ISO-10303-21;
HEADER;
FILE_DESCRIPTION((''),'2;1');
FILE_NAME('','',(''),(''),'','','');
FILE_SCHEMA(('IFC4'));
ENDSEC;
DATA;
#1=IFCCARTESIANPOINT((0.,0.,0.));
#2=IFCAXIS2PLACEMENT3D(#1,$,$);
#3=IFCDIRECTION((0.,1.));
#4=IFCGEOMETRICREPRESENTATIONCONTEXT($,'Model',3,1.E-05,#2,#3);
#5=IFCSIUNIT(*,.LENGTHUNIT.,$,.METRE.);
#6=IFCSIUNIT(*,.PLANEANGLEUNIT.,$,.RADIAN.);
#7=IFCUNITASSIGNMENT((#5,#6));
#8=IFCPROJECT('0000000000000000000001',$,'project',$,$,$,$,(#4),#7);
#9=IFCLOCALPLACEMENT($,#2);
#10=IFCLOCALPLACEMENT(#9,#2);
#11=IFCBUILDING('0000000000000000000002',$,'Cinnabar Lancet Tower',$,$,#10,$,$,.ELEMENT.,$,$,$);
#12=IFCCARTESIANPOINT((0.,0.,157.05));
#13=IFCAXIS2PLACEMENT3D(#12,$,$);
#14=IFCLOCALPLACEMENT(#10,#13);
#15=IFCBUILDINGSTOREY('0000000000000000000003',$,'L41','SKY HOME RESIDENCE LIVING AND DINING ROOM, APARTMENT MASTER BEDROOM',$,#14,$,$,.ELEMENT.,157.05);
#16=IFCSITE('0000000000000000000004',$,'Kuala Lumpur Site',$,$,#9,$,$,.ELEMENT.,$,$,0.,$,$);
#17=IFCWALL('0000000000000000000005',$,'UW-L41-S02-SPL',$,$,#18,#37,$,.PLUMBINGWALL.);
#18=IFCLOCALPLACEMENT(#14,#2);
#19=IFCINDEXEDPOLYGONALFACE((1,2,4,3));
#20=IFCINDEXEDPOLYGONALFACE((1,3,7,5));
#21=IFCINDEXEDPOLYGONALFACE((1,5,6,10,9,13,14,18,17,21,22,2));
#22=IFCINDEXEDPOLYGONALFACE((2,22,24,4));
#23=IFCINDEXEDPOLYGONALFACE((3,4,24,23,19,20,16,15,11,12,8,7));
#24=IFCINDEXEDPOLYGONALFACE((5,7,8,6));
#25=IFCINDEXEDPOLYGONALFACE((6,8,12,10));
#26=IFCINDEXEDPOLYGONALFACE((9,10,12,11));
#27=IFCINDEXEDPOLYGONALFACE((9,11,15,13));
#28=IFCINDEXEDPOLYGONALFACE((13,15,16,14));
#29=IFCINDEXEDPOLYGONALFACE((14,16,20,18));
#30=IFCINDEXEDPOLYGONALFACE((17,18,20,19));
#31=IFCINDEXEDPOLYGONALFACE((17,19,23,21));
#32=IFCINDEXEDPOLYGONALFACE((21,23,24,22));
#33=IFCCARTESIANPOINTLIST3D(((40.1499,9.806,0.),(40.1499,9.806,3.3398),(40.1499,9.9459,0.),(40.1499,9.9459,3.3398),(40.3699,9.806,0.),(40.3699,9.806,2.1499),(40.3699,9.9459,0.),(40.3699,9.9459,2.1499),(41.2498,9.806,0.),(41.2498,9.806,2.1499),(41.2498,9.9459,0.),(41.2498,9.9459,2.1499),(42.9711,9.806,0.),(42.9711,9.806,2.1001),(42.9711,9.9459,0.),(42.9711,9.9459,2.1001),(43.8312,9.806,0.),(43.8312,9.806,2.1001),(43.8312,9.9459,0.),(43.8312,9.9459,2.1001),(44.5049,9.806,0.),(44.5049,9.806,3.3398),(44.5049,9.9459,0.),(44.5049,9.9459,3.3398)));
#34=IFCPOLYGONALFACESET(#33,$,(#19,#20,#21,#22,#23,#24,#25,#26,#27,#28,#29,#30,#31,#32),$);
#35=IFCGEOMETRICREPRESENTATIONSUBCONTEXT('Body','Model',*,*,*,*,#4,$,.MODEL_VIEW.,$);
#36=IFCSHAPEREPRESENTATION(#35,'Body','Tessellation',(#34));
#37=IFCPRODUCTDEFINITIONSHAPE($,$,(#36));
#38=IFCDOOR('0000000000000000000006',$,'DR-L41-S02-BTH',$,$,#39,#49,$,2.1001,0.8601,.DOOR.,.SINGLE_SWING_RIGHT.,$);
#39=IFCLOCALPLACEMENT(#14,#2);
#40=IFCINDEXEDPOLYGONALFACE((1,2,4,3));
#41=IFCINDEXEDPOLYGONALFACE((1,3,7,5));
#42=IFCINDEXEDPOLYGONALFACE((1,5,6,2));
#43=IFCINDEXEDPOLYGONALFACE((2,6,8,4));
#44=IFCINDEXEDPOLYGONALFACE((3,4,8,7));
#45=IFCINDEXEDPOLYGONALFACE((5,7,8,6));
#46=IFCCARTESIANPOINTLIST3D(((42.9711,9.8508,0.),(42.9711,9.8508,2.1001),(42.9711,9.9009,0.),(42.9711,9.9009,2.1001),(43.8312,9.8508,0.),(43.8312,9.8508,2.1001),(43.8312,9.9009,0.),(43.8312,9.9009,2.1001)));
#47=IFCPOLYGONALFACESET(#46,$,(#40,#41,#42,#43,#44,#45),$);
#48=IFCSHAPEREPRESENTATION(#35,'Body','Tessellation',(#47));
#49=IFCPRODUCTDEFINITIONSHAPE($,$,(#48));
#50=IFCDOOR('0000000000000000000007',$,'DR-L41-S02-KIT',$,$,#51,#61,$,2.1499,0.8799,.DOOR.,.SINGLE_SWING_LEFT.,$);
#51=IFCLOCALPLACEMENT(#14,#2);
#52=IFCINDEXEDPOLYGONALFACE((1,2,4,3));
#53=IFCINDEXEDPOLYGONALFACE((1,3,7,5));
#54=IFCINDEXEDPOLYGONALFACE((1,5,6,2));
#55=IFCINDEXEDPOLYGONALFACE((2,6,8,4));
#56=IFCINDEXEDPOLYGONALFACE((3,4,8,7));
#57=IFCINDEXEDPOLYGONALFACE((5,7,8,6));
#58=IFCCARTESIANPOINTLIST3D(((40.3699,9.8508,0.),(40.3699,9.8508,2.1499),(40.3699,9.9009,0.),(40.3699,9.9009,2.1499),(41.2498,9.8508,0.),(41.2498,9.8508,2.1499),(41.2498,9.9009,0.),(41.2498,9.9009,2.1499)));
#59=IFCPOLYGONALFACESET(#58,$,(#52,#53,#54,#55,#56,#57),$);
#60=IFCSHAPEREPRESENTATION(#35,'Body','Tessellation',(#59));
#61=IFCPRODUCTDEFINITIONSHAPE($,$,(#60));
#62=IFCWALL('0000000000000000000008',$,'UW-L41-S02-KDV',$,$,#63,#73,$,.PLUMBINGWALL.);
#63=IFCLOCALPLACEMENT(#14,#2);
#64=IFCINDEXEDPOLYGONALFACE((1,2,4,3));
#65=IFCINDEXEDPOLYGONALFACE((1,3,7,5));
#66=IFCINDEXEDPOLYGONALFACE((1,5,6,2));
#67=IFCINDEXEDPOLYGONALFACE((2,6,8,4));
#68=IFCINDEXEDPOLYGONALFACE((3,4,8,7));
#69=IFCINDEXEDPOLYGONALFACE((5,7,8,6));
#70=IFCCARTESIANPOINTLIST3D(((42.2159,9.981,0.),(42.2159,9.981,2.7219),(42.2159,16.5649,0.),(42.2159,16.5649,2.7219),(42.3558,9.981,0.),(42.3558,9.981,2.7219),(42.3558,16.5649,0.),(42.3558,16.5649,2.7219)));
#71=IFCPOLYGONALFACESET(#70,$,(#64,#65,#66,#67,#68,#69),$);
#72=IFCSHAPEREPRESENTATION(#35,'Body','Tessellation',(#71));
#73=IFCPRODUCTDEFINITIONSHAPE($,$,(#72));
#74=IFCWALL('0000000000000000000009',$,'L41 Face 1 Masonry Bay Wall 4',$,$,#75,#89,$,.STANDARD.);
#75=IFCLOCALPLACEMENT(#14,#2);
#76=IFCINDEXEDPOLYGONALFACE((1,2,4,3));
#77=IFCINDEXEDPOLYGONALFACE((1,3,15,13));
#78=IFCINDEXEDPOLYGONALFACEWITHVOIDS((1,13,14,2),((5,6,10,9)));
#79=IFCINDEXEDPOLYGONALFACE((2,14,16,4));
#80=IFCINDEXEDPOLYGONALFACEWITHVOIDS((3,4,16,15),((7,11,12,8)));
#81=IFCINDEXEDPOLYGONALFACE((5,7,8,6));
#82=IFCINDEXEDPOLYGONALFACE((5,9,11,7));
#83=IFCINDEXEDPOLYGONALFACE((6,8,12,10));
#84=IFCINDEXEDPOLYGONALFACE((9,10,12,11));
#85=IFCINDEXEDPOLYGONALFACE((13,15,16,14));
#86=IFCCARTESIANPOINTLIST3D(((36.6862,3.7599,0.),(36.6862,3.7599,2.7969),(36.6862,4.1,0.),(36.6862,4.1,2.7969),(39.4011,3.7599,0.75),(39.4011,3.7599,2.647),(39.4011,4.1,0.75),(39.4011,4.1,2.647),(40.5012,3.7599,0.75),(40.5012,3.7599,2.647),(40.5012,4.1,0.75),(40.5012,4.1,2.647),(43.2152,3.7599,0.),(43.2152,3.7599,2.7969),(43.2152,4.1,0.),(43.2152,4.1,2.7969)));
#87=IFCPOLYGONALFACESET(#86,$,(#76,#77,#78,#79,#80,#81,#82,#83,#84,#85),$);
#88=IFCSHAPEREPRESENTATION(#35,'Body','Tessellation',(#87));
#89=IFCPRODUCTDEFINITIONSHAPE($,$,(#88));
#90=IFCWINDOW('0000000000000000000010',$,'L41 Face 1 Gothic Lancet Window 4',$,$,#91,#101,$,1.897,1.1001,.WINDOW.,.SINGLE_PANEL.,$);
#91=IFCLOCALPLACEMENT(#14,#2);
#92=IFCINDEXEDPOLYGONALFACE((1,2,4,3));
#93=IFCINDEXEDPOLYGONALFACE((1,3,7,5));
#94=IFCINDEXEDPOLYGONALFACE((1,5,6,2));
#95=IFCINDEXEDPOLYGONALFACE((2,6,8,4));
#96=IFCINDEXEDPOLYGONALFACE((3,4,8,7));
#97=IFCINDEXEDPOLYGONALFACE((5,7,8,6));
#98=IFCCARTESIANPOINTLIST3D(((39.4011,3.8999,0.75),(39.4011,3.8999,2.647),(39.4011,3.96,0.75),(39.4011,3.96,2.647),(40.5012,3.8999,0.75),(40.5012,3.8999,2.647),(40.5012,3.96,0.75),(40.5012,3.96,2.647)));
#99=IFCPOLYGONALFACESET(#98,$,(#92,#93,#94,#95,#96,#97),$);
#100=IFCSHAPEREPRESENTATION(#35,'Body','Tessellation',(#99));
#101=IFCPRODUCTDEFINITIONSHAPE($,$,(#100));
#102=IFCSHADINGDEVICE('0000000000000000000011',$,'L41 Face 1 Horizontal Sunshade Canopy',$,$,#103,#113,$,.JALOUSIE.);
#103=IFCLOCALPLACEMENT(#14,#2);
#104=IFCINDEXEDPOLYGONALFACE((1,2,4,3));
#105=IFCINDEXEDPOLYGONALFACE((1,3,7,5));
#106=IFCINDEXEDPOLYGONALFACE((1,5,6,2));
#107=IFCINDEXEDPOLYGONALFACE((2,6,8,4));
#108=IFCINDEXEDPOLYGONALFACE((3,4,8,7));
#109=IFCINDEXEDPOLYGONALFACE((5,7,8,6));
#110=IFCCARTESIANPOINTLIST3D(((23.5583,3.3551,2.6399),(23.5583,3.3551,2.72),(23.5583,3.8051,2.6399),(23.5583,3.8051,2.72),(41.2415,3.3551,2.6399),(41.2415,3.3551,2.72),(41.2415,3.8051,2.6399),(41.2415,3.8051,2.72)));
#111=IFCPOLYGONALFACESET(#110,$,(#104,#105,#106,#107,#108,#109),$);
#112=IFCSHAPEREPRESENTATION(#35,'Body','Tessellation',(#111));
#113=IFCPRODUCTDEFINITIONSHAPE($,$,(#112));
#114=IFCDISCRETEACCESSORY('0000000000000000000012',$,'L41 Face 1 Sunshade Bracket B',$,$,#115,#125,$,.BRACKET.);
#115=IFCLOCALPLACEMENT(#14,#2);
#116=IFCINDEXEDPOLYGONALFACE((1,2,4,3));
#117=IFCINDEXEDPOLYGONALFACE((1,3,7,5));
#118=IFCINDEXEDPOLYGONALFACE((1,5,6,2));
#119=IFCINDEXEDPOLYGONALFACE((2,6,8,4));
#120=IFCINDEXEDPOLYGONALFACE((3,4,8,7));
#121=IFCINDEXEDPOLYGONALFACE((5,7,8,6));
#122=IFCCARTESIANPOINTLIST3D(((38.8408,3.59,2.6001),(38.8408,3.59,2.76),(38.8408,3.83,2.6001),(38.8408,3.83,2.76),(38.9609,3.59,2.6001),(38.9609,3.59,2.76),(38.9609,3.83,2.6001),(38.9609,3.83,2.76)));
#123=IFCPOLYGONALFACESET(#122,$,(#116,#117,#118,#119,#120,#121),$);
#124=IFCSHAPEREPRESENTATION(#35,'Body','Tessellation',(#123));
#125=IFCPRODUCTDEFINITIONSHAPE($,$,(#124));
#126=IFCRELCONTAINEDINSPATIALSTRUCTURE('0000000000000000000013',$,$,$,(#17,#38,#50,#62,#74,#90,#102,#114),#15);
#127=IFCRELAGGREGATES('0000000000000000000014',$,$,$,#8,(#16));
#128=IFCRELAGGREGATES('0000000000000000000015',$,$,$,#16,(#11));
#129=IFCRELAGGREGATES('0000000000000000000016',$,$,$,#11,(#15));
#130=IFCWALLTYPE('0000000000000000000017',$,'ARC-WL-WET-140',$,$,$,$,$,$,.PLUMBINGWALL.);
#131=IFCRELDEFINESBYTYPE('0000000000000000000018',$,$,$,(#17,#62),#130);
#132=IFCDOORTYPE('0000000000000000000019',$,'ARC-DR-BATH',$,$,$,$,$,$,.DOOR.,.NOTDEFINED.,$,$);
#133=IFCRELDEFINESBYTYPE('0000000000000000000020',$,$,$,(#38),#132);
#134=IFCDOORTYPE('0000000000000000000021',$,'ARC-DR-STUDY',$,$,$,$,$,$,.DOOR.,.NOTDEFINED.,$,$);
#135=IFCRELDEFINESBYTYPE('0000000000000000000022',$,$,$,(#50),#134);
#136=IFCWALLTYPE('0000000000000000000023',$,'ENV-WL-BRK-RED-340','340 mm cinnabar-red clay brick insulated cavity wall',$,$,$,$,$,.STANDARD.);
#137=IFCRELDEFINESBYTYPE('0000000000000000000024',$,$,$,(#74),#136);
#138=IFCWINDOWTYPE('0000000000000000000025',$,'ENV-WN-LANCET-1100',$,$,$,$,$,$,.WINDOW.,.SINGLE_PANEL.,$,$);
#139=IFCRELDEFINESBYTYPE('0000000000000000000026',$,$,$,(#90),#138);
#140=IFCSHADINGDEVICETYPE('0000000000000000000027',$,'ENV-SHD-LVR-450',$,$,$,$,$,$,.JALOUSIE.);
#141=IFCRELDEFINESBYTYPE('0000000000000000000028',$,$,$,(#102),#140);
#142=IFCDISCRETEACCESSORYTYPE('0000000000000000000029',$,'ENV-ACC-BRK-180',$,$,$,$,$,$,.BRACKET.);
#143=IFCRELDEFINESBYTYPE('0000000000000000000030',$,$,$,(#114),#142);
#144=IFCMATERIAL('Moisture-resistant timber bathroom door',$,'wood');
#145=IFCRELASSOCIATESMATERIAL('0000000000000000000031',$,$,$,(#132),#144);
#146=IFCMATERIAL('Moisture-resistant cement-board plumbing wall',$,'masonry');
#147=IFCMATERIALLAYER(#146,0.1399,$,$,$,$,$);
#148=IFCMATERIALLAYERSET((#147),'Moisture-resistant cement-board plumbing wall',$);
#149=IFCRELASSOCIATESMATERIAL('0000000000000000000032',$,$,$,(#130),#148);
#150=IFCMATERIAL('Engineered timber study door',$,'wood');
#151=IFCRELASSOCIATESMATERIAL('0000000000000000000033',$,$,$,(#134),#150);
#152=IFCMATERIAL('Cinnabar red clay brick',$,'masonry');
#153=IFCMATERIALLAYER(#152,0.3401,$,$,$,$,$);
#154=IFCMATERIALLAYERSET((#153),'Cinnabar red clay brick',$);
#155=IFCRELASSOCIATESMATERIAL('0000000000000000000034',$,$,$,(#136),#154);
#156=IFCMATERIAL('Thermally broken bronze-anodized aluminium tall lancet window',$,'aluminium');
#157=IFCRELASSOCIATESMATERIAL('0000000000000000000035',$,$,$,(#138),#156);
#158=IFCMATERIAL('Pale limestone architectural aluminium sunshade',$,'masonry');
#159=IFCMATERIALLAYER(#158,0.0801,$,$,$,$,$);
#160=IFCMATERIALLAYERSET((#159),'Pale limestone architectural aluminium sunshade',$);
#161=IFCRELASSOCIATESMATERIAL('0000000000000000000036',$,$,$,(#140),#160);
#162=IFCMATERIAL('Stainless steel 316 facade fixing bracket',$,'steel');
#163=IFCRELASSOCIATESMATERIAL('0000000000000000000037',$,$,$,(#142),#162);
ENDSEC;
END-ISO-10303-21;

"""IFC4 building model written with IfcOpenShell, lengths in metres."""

from ifc_helpers import new_model, si_unit, direction, frame, frame_2d, origin, origin_2d, place, context, subcontext, project, spatial, rectangle, extrude, material, layer, layer_set, type_object, element, fill, save


model = new_model("IFC4")

# Units and contexts
model_context = context("Model", 3, precision=1e-05, world=origin(), true_north=direction((0.0, 1.0)))
body_context = subcontext(model_context, "Body", "Model", "MODEL_VIEW")
ifc_project = project(units=[si_unit("LENGTHUNIT", "METRE"), si_unit("PLANEANGLEUNIT", "RADIAN")], contexts=[model_context])

# Site, building, storey
site_placement = place(None, origin())
site = spatial("IfcSite", under=ifc_project, at=site_placement, Name="Kuala Lumpur Site", CompositionType="ELEMENT", RefElevation=0.0)
building_placement = place(site_placement, origin())
building = spatial("IfcBuilding", under=site, at=building_placement, Name="Cinnabar Lancet Tower", CompositionType="ELEMENT")
storey_placement = place(building_placement, frame((0.0, 0.0, 157.05)))
storey = spatial("IfcBuildingStorey", under=building, at=storey_placement, Name="L41", Description="SKY HOME RESIDENCE LIVING AND DINING ROOM, APARTMENT MASTER BEDROOM", CompositionType="ELEMENT", Elevation=157.05)

# Shared definitions
ifc_material_1 = material(Name="Moisture-resistant timber bathroom door", Category="wood")
door_type_1 = type_object("IfcDoorType", Name="ARC-DR-BATH", OperationType="NOTDEFINED", PredefinedType="DOOR", material=ifc_material_1)

# Shared definitions
ifc_material_2 = material(Name="Moisture-resistant cement-board plumbing wall", Category="masonry")
ifc_layer_1 = layer(ifc_material_2, 0.1399)
ifc_layer_set_1 = layer_set([ifc_layer_1], Name="Moisture-resistant cement-board plumbing wall")
wall_type_1 = type_object("IfcWallType", Name="ARC-WL-WET-140", PredefinedType="PLUMBINGWALL", material=ifc_layer_set_1)

# Wall, openings, doors
wall_1_placement = place(storey_placement, frame((40.1499, 9.876, 0.0), z_axis=(0.0, 0.0, 1.0), x_axis=(1.0, 0.0, 0.0)))
wall_1 = element("IfcWall", 1, at=wall_1_placement, inside=storey, type_object=wall_type_1, Name="UW-L41-S02-SPL", PredefinedType="PLUMBINGWALL", context=body_context, shape_type="SweptSolid", body=[
    extrude(rectangle(XDim=4.355, YDim=0.1399, at=frame_2d((2.1775, 0.0))), origin(), (0.0, 0.0, 1.0), 3.3398),
])
opening_1_placement = place(wall_1_placement, frame((2.821, 0.0, 0.0)))
opening_1 = element("IfcOpeningElement", 2, at=opening_1_placement, cuts=wall_1, PredefinedType="OPENING", context=body_context, shape_type="SweptSolid", body=[
    extrude(rectangle(XDim=0.8601, YDim=2.1001, at=frame_2d((0.4302, 1.05))), frame((0.0, 0.0798, 0.0), z_axis=(0.0, -1.0, 0.0), x_axis=(1.0, 0.0, 0.0)), (0.0, 0.0, 1.0), 0.1599),
])
opening_2_placement = place(wall_1_placement, frame((0.22, 0.0, 0.0)))
opening_2 = element("IfcOpeningElement", 3, at=opening_2_placement, cuts=wall_1, PredefinedType="OPENING", context=body_context, shape_type="SweptSolid", body=[
    extrude(rectangle(XDim=0.8799, YDim=2.1499, at=frame_2d((0.4399, 1.075))), frame((0.0, 0.0798, 0.0), z_axis=(0.0, -1.0, 0.0), x_axis=(1.0, 0.0, 0.0)), (0.0, 0.0, 1.0), 0.1599),
])
door_1_placement = place(opening_1_placement, origin())
door_1 = element("IfcDoor", 4, at=door_1_placement, inside=storey, type_object=door_type_1, Name="DR-L41-S02-BTH", OperationType="SINGLE_SWING_RIGHT", OverallHeight=2.1001, OverallWidth=0.8601, PredefinedType="DOOR", context=body_context, shape_type="SweptSolid", body=[
    extrude(rectangle(XDim=0.8601, YDim=2.1001, at=frame_2d((0.4302, 1.05))), frame((0.0, 0.0249, 0.0), z_axis=(0.0, -1.0, 0.0), x_axis=(1.0, 0.0, 0.0)), (0.0, 0.0, 1.0), 0.05),
])
fill(opening_1, door_1)
ifc_material_3 = material(Name="Engineered timber study door", Category="wood")
door_type_2 = type_object("IfcDoorType", Name="ARC-DR-STUDY", OperationType="NOTDEFINED", PredefinedType="DOOR", material=ifc_material_3)
door_2_placement = place(opening_2_placement, origin())
door_2 = element("IfcDoor", 5, at=door_2_placement, inside=storey, type_object=door_type_2, Name="DR-L41-S02-KIT", OperationType="SINGLE_SWING_LEFT", OverallHeight=2.1499, OverallWidth=0.8799, PredefinedType="DOOR", context=body_context, shape_type="SweptSolid", body=[
    extrude(rectangle(XDim=0.8799, YDim=2.1499, at=frame_2d((0.4399, 1.075))), frame((0.0, 0.0249, 0.0), z_axis=(0.0, -1.0, 0.0), x_axis=(1.0, 0.0, 0.0)), (0.0, 0.0, 1.0), 0.05),
])
fill(opening_2, door_2)

# Wall
wall_2_placement = place(storey_placement, frame((42.2859, 9.981, 0.0), z_axis=(0.0, 0.0, 1.0), x_axis=(0.0, 1.0, 0.0)))
element("IfcWall", 6, at=wall_2_placement, inside=storey, type_object=wall_type_1, Name="UW-L41-S02-KDV", PredefinedType="PLUMBINGWALL", context=body_context, shape_type="SweptSolid", body=[
    extrude(rectangle(XDim=6.584, YDim=0.1399, at=frame_2d((3.292, 0.0))), origin(), (0.0, 0.0, 1.0), 2.7219),
])

# Wall, opening, window
ifc_material_4 = material(Name="Cinnabar red clay brick", Category="masonry")
ifc_layer_2 = layer(ifc_material_4, 0.3401)
ifc_layer_set_2 = layer_set([ifc_layer_2], Name="Cinnabar red clay brick")
wall_type_2 = type_object("IfcWallType", Name="ENV-WL-BRK-RED-340", Description="340 mm cinnabar-red clay brick insulated cavity wall", PredefinedType="STANDARD", material=ifc_layer_set_2)
wall_3_placement = place(storey_placement, frame((36.686, 3.9299, 0.0), z_axis=(0.0, 0.0, 1.0), x_axis=(1.0, 0.0, 0.0)))
wall_3 = element("IfcWall", 7, at=wall_3_placement, inside=storey, type_object=wall_type_2, Name="L41 Face 1 Masonry Bay Wall 4", PredefinedType="STANDARD", context=body_context, shape_type="SweptSolid", body=[
    extrude(rectangle(XDim=6.5291, YDim=0.3401, at=frame_2d((3.2646, 0.0))), origin(), (0.0, 0.0, 1.0), 2.7969),
])
opening_3_placement = place(wall_3_placement, frame((2.7151, 0.0, 0.75)))
opening_3 = element("IfcOpeningElement", 8, at=opening_3_placement, cuts=wall_3, PredefinedType="OPENING", context=body_context, shape_type="SweptSolid", body=[
    extrude(rectangle(XDim=1.1001, YDim=1.897, at=frame_2d((0.55, 0.9485))), frame((0.0, 0.1799, 0.0), z_axis=(0.0, -1.0, 0.0), x_axis=(1.0, 0.0, 0.0)), (0.0, 0.0, 1.0), 0.3601),
])
ifc_material_5 = material(Name="Thermally broken bronze-anodized aluminium tall lancet window", Category="aluminium")
window_type = type_object("IfcWindowType", Name="ENV-WN-LANCET-1100", PartitioningType="SINGLE_PANEL", PredefinedType="WINDOW", material=ifc_material_5)
window_placement = place(opening_3_placement, origin())
window = element("IfcWindow", 9, at=window_placement, inside=storey, type_object=window_type, Name="L41 Face 1 Gothic Lancet Window 4", OverallHeight=1.897, OverallWidth=1.1001, PartitioningType="SINGLE_PANEL", PredefinedType="WINDOW", context=body_context, shape_type="SweptSolid", body=[
    extrude(rectangle(XDim=1.1001, YDim=1.897, at=frame_2d((0.55, 0.9485))), frame((0.0, 0.03, 0.0), z_axis=(0.0, -1.0, 0.0), x_axis=(1.0, 0.0, 0.0)), (0.0, 0.0, 1.0), 0.0601),
])
fill(opening_3, window)

# Shading device
ifc_material_6 = material(Name="Pale limestone architectural aluminium sunshade", Category="masonry")
ifc_layer_3 = layer(ifc_material_6, 0.0801)
ifc_layer_set_3 = layer_set([ifc_layer_3], Name="Pale limestone architectural aluminium sunshade")
shading_device_type = type_object("IfcShadingDeviceType", Name="ENV-SHD-LVR-450", PredefinedType="JALOUSIE", material=ifc_layer_set_3)
shading_device_placement = place(storey_placement, frame((32.3999, 3.5801, 2.6399), z_axis=(0.0, 0.0, 1.0), x_axis=(1.0, 0.0, 0.0)))
element("IfcShadingDevice", 10, at=shading_device_placement, inside=storey, type_object=shading_device_type, Name="L41 Face 1 Horizontal Sunshade Canopy", PredefinedType="JALOUSIE", context=body_context, shape_type="SweptSolid", body=[
    extrude(rectangle(XDim=17.6831, YDim=0.45, at=origin_2d()), origin(), (0.0, 0.0, 1.0), 0.0801),
])

# Discrete accessory
ifc_material_7 = material(Name="Stainless steel 316 facade fixing bracket", Category="steel")
discrete_accessory_type = type_object("IfcDiscreteAccessoryType", Name="ENV-ACC-BRK-180", PredefinedType="BRACKET", material=ifc_material_7)
discrete_accessory_placement = place(storey_placement, frame((38.9009, 3.71, 2.6001), z_axis=(0.0, 0.0, 1.0), x_axis=(1.0, 0.0, 0.0)))
element("IfcDiscreteAccessory", 11, at=discrete_accessory_placement, inside=storey, type_object=discrete_accessory_type, Name="L41 Face 1 Sunshade Bracket B", PredefinedType="BRACKET", context=body_context, shape_type="SweptSolid", body=[
    extrude(rectangle(XDim=0.1201, YDim=0.24, at=origin_2d()), origin(), (0.0, 0.0, 1.0), 0.1599),
])

save(model, "model.ifc")
